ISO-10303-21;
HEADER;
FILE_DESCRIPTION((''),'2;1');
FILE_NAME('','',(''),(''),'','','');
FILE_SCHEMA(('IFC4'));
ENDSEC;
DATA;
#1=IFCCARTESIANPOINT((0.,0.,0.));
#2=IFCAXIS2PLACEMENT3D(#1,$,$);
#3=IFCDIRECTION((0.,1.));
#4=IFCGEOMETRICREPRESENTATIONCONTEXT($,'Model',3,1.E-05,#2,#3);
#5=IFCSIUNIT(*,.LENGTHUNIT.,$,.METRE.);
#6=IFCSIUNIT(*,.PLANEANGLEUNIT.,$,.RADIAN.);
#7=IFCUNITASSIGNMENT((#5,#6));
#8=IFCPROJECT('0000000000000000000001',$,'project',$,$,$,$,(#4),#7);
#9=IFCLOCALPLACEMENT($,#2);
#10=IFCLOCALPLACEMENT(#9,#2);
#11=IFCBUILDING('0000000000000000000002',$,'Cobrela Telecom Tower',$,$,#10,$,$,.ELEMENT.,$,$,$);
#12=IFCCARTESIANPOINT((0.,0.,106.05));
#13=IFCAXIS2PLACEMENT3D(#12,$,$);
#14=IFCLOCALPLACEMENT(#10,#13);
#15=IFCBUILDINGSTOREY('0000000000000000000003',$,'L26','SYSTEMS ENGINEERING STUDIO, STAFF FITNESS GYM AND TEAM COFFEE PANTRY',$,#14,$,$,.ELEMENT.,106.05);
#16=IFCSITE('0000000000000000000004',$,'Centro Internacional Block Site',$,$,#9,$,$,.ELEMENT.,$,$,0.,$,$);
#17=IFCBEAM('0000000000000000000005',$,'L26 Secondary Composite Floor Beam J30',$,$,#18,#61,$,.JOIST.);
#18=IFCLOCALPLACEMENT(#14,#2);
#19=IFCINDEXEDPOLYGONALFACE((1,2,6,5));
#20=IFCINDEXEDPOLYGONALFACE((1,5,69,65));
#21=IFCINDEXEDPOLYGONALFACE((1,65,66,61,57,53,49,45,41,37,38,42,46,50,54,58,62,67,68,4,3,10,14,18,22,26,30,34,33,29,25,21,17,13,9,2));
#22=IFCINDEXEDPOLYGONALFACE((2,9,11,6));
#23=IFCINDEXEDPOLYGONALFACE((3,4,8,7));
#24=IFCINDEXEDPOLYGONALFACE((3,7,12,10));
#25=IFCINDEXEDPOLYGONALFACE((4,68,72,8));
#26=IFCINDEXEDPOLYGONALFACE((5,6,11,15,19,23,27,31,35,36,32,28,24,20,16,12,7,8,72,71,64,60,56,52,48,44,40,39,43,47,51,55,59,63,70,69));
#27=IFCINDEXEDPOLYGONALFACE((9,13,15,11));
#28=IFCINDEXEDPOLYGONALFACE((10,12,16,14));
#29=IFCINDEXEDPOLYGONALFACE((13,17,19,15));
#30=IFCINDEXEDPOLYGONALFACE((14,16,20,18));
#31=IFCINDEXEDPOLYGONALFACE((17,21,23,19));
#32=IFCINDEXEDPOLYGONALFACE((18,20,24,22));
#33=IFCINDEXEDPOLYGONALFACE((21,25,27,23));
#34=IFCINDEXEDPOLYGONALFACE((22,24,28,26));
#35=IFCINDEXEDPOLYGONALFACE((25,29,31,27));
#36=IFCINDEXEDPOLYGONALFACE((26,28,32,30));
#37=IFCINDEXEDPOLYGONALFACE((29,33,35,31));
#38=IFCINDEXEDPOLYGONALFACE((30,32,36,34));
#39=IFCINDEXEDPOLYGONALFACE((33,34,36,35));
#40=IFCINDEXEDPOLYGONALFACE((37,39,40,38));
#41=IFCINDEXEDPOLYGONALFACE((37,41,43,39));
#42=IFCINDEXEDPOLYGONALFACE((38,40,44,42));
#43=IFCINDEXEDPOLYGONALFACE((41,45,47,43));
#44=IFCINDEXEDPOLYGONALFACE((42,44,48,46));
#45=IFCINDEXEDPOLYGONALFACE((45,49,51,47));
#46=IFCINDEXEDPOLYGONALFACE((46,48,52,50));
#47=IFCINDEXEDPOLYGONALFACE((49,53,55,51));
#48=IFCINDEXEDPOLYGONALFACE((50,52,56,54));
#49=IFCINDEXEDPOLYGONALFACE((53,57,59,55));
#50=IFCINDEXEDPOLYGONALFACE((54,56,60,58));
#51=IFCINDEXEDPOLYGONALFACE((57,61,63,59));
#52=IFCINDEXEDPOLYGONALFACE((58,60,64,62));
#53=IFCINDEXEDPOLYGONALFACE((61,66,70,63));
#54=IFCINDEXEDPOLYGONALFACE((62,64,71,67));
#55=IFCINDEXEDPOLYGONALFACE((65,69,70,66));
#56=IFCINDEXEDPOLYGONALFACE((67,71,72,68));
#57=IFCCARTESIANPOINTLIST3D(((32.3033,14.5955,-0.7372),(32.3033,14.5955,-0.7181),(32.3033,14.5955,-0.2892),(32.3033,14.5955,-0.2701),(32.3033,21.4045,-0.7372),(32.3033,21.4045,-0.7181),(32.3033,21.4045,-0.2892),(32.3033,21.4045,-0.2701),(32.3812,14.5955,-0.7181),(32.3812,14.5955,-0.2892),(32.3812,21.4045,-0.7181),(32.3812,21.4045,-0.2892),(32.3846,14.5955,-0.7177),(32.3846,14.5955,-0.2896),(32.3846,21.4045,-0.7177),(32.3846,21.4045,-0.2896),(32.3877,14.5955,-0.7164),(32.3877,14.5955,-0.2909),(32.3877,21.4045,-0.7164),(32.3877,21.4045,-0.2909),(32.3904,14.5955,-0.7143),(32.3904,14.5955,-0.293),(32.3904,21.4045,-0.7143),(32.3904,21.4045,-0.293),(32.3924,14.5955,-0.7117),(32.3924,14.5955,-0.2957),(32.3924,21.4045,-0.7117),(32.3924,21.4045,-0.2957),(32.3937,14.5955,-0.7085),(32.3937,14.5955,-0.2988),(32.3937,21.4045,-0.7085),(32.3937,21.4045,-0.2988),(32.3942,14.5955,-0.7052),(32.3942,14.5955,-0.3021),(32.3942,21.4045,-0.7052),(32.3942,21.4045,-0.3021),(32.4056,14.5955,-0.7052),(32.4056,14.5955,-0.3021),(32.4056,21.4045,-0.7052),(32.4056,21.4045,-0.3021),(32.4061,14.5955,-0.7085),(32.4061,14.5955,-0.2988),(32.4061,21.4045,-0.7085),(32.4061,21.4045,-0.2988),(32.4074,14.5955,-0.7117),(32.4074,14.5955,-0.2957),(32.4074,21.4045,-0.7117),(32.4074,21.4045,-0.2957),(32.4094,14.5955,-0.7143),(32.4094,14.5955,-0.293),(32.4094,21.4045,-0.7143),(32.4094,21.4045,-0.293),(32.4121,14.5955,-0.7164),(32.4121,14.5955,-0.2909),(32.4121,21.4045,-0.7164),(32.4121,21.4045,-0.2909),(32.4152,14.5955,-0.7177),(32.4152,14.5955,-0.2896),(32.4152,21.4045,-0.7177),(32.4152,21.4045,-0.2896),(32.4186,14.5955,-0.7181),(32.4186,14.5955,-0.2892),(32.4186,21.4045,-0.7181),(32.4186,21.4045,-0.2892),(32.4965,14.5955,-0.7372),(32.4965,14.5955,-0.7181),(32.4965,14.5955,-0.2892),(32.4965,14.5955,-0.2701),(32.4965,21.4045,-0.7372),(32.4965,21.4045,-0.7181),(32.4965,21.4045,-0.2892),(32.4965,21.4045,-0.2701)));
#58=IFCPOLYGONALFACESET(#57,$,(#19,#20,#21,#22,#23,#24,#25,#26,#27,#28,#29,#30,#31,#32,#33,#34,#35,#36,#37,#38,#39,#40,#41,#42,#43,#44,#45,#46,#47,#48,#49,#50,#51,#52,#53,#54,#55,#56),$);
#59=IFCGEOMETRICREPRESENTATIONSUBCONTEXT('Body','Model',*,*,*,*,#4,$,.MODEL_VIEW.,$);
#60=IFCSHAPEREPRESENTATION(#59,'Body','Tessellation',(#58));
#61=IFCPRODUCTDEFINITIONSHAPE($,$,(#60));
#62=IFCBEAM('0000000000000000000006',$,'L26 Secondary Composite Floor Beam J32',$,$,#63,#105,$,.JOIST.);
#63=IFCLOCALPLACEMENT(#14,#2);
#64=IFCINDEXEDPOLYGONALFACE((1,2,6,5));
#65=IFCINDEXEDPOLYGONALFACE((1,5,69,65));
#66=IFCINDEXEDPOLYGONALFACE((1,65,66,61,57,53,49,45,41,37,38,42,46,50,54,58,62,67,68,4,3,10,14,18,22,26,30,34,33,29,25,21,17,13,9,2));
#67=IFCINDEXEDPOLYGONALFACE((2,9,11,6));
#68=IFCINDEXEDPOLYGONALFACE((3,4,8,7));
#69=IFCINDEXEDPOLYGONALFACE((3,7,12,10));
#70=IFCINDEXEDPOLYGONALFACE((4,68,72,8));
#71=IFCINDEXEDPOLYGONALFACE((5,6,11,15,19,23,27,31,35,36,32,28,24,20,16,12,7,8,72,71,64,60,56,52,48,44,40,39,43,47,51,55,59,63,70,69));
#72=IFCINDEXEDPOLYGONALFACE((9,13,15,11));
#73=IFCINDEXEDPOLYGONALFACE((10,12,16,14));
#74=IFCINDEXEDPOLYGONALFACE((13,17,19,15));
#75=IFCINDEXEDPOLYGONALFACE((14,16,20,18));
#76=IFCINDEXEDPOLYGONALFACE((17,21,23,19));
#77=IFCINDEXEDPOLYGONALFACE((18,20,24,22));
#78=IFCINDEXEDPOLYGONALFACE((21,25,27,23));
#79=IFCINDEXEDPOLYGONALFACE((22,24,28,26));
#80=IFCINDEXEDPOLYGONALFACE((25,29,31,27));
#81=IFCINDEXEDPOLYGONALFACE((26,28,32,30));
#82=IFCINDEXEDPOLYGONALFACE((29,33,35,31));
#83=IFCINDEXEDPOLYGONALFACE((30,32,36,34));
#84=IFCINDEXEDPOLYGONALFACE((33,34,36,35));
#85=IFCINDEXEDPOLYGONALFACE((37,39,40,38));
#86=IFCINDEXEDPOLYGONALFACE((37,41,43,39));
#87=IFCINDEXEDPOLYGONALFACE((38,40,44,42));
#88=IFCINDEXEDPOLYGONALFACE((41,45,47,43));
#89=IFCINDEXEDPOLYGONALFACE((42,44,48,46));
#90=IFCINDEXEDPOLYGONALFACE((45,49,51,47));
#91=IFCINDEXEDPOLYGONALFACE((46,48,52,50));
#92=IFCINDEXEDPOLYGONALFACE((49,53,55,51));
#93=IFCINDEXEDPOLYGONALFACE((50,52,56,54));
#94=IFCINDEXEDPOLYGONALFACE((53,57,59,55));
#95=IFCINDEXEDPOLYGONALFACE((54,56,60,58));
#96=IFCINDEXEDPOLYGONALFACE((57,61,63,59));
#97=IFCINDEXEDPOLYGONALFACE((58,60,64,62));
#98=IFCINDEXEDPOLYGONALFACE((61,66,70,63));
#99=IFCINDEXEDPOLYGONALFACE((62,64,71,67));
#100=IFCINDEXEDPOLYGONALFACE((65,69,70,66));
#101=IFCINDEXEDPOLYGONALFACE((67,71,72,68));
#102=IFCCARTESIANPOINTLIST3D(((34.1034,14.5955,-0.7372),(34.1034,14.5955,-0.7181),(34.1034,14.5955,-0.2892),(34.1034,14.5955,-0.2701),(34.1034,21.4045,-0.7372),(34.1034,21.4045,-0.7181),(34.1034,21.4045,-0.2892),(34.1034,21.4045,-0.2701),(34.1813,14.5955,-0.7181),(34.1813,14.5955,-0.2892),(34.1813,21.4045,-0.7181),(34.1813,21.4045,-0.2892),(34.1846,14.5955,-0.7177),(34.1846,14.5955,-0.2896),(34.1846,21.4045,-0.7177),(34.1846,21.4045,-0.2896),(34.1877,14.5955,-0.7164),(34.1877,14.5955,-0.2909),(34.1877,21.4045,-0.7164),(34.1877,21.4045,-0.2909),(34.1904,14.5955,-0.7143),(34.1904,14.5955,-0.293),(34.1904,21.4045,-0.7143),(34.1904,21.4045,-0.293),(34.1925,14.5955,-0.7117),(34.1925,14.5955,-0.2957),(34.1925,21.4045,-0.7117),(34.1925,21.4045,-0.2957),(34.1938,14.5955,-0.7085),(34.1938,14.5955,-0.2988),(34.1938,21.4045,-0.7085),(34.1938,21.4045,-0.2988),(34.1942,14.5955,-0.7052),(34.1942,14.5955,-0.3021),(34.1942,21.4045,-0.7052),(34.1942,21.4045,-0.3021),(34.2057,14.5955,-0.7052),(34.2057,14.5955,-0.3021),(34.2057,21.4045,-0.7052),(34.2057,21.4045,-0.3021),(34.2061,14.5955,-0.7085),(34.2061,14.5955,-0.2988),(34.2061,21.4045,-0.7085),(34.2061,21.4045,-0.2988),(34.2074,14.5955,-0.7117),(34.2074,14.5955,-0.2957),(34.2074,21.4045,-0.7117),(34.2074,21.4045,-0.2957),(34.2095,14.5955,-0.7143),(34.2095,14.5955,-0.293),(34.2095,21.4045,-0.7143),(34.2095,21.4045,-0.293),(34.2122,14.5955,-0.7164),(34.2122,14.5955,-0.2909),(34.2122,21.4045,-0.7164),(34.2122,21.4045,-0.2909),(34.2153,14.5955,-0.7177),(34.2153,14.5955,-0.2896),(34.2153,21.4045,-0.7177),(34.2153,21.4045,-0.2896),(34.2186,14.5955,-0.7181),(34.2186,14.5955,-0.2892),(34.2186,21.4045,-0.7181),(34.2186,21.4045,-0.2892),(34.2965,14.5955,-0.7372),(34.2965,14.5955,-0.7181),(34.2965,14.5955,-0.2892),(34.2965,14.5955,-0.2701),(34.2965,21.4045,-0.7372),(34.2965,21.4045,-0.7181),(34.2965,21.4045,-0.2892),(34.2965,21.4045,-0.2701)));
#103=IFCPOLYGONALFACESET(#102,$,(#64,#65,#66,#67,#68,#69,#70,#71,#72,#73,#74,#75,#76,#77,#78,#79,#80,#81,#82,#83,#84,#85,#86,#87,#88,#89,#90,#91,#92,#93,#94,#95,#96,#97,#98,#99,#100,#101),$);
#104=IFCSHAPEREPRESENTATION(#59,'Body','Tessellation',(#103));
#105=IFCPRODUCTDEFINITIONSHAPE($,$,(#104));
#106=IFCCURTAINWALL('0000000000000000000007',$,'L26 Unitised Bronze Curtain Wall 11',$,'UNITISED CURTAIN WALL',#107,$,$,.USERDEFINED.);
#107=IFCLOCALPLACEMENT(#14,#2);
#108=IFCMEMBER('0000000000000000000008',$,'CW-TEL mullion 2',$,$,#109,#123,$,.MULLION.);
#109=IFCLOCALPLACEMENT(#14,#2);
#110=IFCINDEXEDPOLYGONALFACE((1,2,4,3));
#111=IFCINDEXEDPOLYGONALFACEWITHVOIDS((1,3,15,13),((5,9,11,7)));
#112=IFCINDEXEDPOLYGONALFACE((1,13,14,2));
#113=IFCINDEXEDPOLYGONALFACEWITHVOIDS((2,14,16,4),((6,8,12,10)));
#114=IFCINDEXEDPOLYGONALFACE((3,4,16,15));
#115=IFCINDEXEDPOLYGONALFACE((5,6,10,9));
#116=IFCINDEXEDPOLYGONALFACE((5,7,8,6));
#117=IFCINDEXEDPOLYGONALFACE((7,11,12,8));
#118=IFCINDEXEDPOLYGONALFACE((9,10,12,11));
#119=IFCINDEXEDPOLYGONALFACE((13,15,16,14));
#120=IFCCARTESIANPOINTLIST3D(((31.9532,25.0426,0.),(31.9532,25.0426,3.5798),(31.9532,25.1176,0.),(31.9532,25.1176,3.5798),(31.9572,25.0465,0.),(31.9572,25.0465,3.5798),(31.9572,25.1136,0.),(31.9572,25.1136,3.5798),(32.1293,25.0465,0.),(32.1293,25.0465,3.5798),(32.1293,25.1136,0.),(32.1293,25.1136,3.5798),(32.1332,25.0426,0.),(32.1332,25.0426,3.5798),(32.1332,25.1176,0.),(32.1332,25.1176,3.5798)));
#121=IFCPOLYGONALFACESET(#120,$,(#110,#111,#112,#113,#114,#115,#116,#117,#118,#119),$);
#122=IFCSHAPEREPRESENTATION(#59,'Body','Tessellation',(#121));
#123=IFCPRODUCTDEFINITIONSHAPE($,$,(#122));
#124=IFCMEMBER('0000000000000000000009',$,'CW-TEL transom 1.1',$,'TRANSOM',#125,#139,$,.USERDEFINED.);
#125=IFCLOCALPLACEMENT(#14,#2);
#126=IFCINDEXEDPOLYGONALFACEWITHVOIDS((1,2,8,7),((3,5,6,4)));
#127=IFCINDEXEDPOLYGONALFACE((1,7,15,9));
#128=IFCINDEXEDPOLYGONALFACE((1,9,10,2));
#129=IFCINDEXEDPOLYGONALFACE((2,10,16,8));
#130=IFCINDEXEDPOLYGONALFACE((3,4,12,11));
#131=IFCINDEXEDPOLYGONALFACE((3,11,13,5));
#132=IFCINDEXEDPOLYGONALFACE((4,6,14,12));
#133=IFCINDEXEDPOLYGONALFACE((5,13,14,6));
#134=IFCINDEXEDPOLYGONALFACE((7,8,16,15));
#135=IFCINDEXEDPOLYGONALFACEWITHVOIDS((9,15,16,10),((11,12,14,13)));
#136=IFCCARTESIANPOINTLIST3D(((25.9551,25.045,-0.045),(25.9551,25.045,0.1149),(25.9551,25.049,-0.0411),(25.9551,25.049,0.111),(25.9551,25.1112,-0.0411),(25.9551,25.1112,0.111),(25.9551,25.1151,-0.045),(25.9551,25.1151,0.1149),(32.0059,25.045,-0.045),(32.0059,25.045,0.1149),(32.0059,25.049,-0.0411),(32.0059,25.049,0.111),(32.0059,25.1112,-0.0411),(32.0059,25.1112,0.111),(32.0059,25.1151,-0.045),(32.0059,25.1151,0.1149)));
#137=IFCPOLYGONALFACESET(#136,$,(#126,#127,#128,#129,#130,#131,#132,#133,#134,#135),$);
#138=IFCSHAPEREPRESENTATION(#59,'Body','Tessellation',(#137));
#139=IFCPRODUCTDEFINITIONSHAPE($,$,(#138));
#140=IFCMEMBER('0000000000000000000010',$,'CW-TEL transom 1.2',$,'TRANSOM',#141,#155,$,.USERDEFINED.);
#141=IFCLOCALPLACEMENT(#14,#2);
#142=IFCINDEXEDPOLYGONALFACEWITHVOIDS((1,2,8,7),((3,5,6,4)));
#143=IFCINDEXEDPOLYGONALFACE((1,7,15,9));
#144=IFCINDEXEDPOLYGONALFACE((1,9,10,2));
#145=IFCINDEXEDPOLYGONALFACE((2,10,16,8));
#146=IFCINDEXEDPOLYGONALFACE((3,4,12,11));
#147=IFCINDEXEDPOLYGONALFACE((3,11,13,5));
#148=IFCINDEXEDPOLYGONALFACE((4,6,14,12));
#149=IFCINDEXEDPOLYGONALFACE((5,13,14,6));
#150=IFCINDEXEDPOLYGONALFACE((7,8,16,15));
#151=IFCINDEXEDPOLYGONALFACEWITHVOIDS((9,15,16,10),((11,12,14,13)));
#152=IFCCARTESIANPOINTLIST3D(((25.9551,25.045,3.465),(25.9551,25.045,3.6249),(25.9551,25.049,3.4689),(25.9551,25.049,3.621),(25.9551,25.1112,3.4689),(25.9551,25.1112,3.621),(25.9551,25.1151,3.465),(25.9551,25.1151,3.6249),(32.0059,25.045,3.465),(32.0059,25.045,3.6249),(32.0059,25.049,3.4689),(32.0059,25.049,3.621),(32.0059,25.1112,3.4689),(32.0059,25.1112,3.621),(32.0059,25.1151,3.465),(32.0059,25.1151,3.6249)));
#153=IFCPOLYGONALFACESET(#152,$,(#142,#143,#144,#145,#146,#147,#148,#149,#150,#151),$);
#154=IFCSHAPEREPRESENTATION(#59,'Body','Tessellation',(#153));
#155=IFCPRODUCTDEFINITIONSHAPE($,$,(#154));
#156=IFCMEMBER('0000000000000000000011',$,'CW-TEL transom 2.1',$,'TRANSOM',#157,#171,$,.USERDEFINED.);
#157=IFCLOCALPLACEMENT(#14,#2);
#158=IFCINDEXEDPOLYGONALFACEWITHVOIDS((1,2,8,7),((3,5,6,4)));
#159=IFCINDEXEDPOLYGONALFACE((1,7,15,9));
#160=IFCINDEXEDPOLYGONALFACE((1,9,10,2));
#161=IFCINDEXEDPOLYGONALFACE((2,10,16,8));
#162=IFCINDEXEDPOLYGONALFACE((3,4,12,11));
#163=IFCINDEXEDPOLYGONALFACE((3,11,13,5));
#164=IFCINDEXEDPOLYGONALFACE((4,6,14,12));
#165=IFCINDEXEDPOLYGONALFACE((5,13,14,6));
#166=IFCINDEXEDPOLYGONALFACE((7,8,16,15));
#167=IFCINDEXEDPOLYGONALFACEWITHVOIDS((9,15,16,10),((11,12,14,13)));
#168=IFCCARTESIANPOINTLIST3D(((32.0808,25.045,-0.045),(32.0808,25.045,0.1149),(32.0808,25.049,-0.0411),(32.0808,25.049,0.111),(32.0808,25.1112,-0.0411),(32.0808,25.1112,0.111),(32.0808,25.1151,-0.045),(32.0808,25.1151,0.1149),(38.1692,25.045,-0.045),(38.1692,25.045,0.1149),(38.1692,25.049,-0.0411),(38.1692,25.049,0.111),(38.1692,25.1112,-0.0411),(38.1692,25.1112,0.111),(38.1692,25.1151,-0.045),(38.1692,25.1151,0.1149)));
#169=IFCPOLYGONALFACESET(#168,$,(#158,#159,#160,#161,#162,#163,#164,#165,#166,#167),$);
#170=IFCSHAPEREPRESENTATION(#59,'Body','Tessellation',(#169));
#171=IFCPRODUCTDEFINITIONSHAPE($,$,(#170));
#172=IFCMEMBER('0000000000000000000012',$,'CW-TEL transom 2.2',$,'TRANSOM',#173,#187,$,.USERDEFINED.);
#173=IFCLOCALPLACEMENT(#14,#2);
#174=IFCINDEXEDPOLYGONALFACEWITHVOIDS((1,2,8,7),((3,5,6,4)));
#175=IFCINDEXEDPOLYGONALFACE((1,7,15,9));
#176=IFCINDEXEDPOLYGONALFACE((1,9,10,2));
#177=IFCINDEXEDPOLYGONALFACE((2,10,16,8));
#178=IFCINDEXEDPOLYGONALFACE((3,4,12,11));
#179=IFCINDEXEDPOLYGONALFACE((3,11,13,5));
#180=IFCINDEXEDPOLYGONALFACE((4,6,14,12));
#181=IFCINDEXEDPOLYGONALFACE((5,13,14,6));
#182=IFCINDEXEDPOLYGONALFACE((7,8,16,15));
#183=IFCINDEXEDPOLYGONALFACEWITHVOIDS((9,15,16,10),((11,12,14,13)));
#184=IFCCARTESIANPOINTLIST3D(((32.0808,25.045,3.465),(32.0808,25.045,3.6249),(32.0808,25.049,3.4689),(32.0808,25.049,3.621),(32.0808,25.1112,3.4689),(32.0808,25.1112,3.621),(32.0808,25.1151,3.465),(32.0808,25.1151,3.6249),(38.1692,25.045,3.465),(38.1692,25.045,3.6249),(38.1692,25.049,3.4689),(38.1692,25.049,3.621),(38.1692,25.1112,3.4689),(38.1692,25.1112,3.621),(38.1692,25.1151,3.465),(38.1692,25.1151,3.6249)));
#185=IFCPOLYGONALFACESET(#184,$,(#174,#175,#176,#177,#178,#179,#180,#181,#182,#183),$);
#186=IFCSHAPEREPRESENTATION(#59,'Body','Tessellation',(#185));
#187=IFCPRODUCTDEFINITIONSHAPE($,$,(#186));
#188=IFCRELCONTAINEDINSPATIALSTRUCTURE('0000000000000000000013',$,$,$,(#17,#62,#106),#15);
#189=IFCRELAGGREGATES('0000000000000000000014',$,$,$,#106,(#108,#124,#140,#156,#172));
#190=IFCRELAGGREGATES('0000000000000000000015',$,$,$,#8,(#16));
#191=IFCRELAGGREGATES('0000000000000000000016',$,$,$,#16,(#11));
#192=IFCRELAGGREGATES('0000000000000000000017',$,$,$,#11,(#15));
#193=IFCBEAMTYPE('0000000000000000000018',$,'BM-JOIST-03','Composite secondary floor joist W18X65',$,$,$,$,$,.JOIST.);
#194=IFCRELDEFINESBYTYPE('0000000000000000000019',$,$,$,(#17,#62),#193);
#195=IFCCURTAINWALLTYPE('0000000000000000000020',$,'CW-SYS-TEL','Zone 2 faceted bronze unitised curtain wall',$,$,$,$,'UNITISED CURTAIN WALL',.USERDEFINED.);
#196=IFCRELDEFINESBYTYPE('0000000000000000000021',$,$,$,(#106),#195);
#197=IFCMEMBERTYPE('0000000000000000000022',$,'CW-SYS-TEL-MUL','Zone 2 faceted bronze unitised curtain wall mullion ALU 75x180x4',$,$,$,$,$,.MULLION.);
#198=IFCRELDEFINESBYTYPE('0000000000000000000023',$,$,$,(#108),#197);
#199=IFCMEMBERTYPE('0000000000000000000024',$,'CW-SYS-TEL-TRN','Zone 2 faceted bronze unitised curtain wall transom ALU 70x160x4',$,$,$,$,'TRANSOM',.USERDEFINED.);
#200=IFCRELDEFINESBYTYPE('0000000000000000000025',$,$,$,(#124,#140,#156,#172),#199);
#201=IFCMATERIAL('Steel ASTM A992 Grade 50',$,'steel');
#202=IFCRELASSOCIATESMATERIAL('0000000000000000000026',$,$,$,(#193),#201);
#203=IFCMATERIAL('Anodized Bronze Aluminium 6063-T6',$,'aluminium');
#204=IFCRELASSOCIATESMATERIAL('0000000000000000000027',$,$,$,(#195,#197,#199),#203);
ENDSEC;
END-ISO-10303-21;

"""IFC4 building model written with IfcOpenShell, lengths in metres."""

from ifc_helpers import new_model, si_unit, direction, frame, origin, origin_2d, place, context, subcontext, project, spatial, hollow_rectangle, i_section, extrude, material, material_profile, profile_set, type_object, element, aggregate, save


model = new_model("IFC4")

# Units and contexts
model_context = context("Model", 3, precision=1e-05, world=origin(), true_north=direction((0.0, 1.0)))
body_context = subcontext(model_context, "Body", "Model", "MODEL_VIEW")
ifc_project = project(units=[si_unit("LENGTHUNIT", "METRE"), si_unit("PLANEANGLEUNIT", "RADIAN")], contexts=[model_context])

# Site, building, storey
site_placement = place(None, origin())
site = spatial("IfcSite", under=ifc_project, at=site_placement, Name="Centro Internacional Block Site", CompositionType="ELEMENT", RefElevation=0.0)
building_placement = place(site_placement, origin())
building = spatial("IfcBuilding", under=site, at=building_placement, Name="Cobrela Telecom Tower", CompositionType="ELEMENT")
storey_placement = place(building_placement, frame((0.0, 0.0, 106.05)))
storey = spatial("IfcBuildingStorey", under=building, at=storey_placement, Name="L26", Description="SYSTEMS ENGINEERING STUDIO, STAFF FITNESS GYM AND TEAM COFFEE PANTRY", CompositionType="ELEMENT", Elevation=106.05)

# Shared definitions
ifc_material_1 = material(Name="Steel ASTM A992 Grade 50", Category="steel")

# Beams
ifc_material_profile_1 = material_profile(ifc_material_1, i_section(OverallWidth=0.1931, OverallDepth=0.467, WebThickness=0.0115, FlangeThickness=0.019, FilletRadius=0.0129, at=origin_2d()), Name="W18X65")
ifc_profile_set_1 = profile_set([ifc_material_profile_1], Name="Steel ASTM A992 Grade 50")
beam_type_1 = type_object("IfcBeamType", Name="BM-JOIST-03", Description="Composite secondary floor joist W18X65", PredefinedType="JOIST", material=ifc_profile_set_1)
for number, where, z_axis, x_axis, name in (
    (1, (32.3999, 14.5955, -0.5037), (0.0, 1.0, 0.0), (-1.0, 0.0, 0.0), "L26 Secondary Composite Floor Beam J30"),
    (2, (34.2, 14.5955, -0.5037), (0.0, 1.0, 0.0), (-1.0, 0.0, 0.0), "L26 Secondary Composite Floor Beam J32"),
):
    element("IfcBeam", number, at=place(storey_placement, frame(where, z_axis=z_axis, x_axis=x_axis)), inside=storey, type_object=beam_type_1, Name=name, PredefinedType="JOIST", context=body_context, shape_type="SweptSolid", body=[
        extrude(i_section(OverallWidth=0.1931, OverallDepth=0.467, WebThickness=0.0115, FlangeThickness=0.019, FilletRadius=0.0129, at=origin_2d()), origin(), (0.0, 0.0, 1.0), 6.8091),
    ])

# Curtain wall, members
ifc_material_2 = material(Name="Anodized Bronze Aluminium 6063-T6", Category="aluminium")
curtain_wall_type = type_object("IfcCurtainWallType", Name="CW-SYS-TEL", Description="Zone 2 faceted bronze unitised curtain wall", ElementType="UNITISED CURTAIN WALL", PredefinedType="USERDEFINED", material=ifc_material_2)
curtain_wall_placement = place(storey_placement, origin())
curtain_wall = element("IfcCurtainWall", 3, at=curtain_wall_placement, inside=storey, type_object=curtain_wall_type, Name="L26 Unitised Bronze Curtain Wall 11", ObjectType="UNITISED CURTAIN WALL", PredefinedType="USERDEFINED")
ifc_material_profile_2 = material_profile(ifc_material_2, hollow_rectangle(XDim=0.075, YDim=0.1799, WallThickness=0.0039, at=origin_2d()), Name="ALU 75x180x4")
ifc_profile_set_2 = profile_set([ifc_material_profile_2], Name="Anodized Bronze Aluminium 6063-T6")
member_type_1 = type_object("IfcMemberType", Name="CW-SYS-TEL-MUL", Description="Zone 2 faceted bronze unitised curtain wall mullion ALU 75x180x4", PredefinedType="MULLION", material=ifc_profile_set_2)
member_1_placement = place(storey_placement, frame((32.0432, 25.0801, 0.0), z_axis=(0.0, 0.0, 1.0), x_axis=(0.0, 1.0, 0.0)))
member_1 = element("IfcMember", 4, at=member_1_placement, type_object=member_type_1, Name="CW-TEL mullion 2", PredefinedType="MULLION", context=body_context, shape_type="SweptSolid", body=[
    extrude(hollow_rectangle(XDim=0.075, YDim=0.1799, WallThickness=0.0039, at=origin_2d()), origin(), (0.0, 0.0, 1.0), 3.5798),
])
ifc_material_profile_3 = material_profile(ifc_material_2, hollow_rectangle(XDim=0.0701, YDim=0.1599, WallThickness=0.0039, at=origin_2d()), Name="ALU 70x160x4")
ifc_profile_set_3 = profile_set([ifc_material_profile_3], Name="Anodized Bronze Aluminium 6063-T6")
member_type_2 = type_object("IfcMemberType", Name="CW-SYS-TEL-TRN", Description="Zone 2 faceted bronze unitised curtain wall transom ALU 70x160x4", ElementType="TRANSOM", PredefinedType="USERDEFINED", material=ifc_profile_set_3)
member_2_placement = place(storey_placement, frame((25.9551, 25.0801, 0.0349), z_axis=(1.0, 0.0, 0.0), x_axis=(0.0, 1.0, 0.0)))
member_2 = element("IfcMember", 5, at=member_2_placement, type_object=member_type_2, Name="CW-TEL transom 1.1", ObjectType="TRANSOM", PredefinedType="USERDEFINED", context=body_context, shape_type="SweptSolid", body=[
    extrude(hollow_rectangle(XDim=0.0701, YDim=0.1599, WallThickness=0.0039, at=origin_2d()), origin(), (0.0, 0.0, 1.0), 6.0508),
])
member_3_placement = place(storey_placement, frame((25.9551, 25.0801, 3.5449), z_axis=(1.0, 0.0, 0.0), x_axis=(0.0, 1.0, 0.0)))
member_3 = element("IfcMember", 6, at=member_3_placement, type_object=member_type_2, Name="CW-TEL transom 1.2", ObjectType="TRANSOM", PredefinedType="USERDEFINED", context=body_context, shape_type="SweptSolid", body=[
    extrude(hollow_rectangle(XDim=0.0701, YDim=0.1599, WallThickness=0.0039, at=origin_2d()), origin(), (0.0, 0.0, 1.0), 6.0508),
])
member_4_placement = place(storey_placement, frame((32.0808, 25.0801, 0.0349), z_axis=(1.0, 0.0, 0.0), x_axis=(0.0, 1.0, 0.0)))
member_4 = element("IfcMember", 7, at=member_4_placement, type_object=member_type_2, Name="CW-TEL transom 2.1", ObjectType="TRANSOM", PredefinedType="USERDEFINED", context=body_context, shape_type="SweptSolid", body=[
    extrude(hollow_rectangle(XDim=0.0701, YDim=0.1599, WallThickness=0.0039, at=origin_2d()), origin(), (0.0, 0.0, 1.0), 6.0884),
])
member_5_placement = place(storey_placement, frame((32.0808, 25.0801, 3.5449), z_axis=(1.0, 0.0, 0.0), x_axis=(0.0, 1.0, 0.0)))
member_5 = element("IfcMember", 8, at=member_5_placement, type_object=member_type_2, Name="CW-TEL transom 2.2", ObjectType="TRANSOM", PredefinedType="USERDEFINED", context=body_context, shape_type="SweptSolid", body=[
    extrude(hollow_rectangle(XDim=0.0701, YDim=0.1599, WallThickness=0.0039, at=origin_2d()), origin(), (0.0, 0.0, 1.0), 6.0884),
])
aggregate(curtain_wall, [member_1, member_2, member_3, member_4, member_5])

save(model, "model.ifc")
